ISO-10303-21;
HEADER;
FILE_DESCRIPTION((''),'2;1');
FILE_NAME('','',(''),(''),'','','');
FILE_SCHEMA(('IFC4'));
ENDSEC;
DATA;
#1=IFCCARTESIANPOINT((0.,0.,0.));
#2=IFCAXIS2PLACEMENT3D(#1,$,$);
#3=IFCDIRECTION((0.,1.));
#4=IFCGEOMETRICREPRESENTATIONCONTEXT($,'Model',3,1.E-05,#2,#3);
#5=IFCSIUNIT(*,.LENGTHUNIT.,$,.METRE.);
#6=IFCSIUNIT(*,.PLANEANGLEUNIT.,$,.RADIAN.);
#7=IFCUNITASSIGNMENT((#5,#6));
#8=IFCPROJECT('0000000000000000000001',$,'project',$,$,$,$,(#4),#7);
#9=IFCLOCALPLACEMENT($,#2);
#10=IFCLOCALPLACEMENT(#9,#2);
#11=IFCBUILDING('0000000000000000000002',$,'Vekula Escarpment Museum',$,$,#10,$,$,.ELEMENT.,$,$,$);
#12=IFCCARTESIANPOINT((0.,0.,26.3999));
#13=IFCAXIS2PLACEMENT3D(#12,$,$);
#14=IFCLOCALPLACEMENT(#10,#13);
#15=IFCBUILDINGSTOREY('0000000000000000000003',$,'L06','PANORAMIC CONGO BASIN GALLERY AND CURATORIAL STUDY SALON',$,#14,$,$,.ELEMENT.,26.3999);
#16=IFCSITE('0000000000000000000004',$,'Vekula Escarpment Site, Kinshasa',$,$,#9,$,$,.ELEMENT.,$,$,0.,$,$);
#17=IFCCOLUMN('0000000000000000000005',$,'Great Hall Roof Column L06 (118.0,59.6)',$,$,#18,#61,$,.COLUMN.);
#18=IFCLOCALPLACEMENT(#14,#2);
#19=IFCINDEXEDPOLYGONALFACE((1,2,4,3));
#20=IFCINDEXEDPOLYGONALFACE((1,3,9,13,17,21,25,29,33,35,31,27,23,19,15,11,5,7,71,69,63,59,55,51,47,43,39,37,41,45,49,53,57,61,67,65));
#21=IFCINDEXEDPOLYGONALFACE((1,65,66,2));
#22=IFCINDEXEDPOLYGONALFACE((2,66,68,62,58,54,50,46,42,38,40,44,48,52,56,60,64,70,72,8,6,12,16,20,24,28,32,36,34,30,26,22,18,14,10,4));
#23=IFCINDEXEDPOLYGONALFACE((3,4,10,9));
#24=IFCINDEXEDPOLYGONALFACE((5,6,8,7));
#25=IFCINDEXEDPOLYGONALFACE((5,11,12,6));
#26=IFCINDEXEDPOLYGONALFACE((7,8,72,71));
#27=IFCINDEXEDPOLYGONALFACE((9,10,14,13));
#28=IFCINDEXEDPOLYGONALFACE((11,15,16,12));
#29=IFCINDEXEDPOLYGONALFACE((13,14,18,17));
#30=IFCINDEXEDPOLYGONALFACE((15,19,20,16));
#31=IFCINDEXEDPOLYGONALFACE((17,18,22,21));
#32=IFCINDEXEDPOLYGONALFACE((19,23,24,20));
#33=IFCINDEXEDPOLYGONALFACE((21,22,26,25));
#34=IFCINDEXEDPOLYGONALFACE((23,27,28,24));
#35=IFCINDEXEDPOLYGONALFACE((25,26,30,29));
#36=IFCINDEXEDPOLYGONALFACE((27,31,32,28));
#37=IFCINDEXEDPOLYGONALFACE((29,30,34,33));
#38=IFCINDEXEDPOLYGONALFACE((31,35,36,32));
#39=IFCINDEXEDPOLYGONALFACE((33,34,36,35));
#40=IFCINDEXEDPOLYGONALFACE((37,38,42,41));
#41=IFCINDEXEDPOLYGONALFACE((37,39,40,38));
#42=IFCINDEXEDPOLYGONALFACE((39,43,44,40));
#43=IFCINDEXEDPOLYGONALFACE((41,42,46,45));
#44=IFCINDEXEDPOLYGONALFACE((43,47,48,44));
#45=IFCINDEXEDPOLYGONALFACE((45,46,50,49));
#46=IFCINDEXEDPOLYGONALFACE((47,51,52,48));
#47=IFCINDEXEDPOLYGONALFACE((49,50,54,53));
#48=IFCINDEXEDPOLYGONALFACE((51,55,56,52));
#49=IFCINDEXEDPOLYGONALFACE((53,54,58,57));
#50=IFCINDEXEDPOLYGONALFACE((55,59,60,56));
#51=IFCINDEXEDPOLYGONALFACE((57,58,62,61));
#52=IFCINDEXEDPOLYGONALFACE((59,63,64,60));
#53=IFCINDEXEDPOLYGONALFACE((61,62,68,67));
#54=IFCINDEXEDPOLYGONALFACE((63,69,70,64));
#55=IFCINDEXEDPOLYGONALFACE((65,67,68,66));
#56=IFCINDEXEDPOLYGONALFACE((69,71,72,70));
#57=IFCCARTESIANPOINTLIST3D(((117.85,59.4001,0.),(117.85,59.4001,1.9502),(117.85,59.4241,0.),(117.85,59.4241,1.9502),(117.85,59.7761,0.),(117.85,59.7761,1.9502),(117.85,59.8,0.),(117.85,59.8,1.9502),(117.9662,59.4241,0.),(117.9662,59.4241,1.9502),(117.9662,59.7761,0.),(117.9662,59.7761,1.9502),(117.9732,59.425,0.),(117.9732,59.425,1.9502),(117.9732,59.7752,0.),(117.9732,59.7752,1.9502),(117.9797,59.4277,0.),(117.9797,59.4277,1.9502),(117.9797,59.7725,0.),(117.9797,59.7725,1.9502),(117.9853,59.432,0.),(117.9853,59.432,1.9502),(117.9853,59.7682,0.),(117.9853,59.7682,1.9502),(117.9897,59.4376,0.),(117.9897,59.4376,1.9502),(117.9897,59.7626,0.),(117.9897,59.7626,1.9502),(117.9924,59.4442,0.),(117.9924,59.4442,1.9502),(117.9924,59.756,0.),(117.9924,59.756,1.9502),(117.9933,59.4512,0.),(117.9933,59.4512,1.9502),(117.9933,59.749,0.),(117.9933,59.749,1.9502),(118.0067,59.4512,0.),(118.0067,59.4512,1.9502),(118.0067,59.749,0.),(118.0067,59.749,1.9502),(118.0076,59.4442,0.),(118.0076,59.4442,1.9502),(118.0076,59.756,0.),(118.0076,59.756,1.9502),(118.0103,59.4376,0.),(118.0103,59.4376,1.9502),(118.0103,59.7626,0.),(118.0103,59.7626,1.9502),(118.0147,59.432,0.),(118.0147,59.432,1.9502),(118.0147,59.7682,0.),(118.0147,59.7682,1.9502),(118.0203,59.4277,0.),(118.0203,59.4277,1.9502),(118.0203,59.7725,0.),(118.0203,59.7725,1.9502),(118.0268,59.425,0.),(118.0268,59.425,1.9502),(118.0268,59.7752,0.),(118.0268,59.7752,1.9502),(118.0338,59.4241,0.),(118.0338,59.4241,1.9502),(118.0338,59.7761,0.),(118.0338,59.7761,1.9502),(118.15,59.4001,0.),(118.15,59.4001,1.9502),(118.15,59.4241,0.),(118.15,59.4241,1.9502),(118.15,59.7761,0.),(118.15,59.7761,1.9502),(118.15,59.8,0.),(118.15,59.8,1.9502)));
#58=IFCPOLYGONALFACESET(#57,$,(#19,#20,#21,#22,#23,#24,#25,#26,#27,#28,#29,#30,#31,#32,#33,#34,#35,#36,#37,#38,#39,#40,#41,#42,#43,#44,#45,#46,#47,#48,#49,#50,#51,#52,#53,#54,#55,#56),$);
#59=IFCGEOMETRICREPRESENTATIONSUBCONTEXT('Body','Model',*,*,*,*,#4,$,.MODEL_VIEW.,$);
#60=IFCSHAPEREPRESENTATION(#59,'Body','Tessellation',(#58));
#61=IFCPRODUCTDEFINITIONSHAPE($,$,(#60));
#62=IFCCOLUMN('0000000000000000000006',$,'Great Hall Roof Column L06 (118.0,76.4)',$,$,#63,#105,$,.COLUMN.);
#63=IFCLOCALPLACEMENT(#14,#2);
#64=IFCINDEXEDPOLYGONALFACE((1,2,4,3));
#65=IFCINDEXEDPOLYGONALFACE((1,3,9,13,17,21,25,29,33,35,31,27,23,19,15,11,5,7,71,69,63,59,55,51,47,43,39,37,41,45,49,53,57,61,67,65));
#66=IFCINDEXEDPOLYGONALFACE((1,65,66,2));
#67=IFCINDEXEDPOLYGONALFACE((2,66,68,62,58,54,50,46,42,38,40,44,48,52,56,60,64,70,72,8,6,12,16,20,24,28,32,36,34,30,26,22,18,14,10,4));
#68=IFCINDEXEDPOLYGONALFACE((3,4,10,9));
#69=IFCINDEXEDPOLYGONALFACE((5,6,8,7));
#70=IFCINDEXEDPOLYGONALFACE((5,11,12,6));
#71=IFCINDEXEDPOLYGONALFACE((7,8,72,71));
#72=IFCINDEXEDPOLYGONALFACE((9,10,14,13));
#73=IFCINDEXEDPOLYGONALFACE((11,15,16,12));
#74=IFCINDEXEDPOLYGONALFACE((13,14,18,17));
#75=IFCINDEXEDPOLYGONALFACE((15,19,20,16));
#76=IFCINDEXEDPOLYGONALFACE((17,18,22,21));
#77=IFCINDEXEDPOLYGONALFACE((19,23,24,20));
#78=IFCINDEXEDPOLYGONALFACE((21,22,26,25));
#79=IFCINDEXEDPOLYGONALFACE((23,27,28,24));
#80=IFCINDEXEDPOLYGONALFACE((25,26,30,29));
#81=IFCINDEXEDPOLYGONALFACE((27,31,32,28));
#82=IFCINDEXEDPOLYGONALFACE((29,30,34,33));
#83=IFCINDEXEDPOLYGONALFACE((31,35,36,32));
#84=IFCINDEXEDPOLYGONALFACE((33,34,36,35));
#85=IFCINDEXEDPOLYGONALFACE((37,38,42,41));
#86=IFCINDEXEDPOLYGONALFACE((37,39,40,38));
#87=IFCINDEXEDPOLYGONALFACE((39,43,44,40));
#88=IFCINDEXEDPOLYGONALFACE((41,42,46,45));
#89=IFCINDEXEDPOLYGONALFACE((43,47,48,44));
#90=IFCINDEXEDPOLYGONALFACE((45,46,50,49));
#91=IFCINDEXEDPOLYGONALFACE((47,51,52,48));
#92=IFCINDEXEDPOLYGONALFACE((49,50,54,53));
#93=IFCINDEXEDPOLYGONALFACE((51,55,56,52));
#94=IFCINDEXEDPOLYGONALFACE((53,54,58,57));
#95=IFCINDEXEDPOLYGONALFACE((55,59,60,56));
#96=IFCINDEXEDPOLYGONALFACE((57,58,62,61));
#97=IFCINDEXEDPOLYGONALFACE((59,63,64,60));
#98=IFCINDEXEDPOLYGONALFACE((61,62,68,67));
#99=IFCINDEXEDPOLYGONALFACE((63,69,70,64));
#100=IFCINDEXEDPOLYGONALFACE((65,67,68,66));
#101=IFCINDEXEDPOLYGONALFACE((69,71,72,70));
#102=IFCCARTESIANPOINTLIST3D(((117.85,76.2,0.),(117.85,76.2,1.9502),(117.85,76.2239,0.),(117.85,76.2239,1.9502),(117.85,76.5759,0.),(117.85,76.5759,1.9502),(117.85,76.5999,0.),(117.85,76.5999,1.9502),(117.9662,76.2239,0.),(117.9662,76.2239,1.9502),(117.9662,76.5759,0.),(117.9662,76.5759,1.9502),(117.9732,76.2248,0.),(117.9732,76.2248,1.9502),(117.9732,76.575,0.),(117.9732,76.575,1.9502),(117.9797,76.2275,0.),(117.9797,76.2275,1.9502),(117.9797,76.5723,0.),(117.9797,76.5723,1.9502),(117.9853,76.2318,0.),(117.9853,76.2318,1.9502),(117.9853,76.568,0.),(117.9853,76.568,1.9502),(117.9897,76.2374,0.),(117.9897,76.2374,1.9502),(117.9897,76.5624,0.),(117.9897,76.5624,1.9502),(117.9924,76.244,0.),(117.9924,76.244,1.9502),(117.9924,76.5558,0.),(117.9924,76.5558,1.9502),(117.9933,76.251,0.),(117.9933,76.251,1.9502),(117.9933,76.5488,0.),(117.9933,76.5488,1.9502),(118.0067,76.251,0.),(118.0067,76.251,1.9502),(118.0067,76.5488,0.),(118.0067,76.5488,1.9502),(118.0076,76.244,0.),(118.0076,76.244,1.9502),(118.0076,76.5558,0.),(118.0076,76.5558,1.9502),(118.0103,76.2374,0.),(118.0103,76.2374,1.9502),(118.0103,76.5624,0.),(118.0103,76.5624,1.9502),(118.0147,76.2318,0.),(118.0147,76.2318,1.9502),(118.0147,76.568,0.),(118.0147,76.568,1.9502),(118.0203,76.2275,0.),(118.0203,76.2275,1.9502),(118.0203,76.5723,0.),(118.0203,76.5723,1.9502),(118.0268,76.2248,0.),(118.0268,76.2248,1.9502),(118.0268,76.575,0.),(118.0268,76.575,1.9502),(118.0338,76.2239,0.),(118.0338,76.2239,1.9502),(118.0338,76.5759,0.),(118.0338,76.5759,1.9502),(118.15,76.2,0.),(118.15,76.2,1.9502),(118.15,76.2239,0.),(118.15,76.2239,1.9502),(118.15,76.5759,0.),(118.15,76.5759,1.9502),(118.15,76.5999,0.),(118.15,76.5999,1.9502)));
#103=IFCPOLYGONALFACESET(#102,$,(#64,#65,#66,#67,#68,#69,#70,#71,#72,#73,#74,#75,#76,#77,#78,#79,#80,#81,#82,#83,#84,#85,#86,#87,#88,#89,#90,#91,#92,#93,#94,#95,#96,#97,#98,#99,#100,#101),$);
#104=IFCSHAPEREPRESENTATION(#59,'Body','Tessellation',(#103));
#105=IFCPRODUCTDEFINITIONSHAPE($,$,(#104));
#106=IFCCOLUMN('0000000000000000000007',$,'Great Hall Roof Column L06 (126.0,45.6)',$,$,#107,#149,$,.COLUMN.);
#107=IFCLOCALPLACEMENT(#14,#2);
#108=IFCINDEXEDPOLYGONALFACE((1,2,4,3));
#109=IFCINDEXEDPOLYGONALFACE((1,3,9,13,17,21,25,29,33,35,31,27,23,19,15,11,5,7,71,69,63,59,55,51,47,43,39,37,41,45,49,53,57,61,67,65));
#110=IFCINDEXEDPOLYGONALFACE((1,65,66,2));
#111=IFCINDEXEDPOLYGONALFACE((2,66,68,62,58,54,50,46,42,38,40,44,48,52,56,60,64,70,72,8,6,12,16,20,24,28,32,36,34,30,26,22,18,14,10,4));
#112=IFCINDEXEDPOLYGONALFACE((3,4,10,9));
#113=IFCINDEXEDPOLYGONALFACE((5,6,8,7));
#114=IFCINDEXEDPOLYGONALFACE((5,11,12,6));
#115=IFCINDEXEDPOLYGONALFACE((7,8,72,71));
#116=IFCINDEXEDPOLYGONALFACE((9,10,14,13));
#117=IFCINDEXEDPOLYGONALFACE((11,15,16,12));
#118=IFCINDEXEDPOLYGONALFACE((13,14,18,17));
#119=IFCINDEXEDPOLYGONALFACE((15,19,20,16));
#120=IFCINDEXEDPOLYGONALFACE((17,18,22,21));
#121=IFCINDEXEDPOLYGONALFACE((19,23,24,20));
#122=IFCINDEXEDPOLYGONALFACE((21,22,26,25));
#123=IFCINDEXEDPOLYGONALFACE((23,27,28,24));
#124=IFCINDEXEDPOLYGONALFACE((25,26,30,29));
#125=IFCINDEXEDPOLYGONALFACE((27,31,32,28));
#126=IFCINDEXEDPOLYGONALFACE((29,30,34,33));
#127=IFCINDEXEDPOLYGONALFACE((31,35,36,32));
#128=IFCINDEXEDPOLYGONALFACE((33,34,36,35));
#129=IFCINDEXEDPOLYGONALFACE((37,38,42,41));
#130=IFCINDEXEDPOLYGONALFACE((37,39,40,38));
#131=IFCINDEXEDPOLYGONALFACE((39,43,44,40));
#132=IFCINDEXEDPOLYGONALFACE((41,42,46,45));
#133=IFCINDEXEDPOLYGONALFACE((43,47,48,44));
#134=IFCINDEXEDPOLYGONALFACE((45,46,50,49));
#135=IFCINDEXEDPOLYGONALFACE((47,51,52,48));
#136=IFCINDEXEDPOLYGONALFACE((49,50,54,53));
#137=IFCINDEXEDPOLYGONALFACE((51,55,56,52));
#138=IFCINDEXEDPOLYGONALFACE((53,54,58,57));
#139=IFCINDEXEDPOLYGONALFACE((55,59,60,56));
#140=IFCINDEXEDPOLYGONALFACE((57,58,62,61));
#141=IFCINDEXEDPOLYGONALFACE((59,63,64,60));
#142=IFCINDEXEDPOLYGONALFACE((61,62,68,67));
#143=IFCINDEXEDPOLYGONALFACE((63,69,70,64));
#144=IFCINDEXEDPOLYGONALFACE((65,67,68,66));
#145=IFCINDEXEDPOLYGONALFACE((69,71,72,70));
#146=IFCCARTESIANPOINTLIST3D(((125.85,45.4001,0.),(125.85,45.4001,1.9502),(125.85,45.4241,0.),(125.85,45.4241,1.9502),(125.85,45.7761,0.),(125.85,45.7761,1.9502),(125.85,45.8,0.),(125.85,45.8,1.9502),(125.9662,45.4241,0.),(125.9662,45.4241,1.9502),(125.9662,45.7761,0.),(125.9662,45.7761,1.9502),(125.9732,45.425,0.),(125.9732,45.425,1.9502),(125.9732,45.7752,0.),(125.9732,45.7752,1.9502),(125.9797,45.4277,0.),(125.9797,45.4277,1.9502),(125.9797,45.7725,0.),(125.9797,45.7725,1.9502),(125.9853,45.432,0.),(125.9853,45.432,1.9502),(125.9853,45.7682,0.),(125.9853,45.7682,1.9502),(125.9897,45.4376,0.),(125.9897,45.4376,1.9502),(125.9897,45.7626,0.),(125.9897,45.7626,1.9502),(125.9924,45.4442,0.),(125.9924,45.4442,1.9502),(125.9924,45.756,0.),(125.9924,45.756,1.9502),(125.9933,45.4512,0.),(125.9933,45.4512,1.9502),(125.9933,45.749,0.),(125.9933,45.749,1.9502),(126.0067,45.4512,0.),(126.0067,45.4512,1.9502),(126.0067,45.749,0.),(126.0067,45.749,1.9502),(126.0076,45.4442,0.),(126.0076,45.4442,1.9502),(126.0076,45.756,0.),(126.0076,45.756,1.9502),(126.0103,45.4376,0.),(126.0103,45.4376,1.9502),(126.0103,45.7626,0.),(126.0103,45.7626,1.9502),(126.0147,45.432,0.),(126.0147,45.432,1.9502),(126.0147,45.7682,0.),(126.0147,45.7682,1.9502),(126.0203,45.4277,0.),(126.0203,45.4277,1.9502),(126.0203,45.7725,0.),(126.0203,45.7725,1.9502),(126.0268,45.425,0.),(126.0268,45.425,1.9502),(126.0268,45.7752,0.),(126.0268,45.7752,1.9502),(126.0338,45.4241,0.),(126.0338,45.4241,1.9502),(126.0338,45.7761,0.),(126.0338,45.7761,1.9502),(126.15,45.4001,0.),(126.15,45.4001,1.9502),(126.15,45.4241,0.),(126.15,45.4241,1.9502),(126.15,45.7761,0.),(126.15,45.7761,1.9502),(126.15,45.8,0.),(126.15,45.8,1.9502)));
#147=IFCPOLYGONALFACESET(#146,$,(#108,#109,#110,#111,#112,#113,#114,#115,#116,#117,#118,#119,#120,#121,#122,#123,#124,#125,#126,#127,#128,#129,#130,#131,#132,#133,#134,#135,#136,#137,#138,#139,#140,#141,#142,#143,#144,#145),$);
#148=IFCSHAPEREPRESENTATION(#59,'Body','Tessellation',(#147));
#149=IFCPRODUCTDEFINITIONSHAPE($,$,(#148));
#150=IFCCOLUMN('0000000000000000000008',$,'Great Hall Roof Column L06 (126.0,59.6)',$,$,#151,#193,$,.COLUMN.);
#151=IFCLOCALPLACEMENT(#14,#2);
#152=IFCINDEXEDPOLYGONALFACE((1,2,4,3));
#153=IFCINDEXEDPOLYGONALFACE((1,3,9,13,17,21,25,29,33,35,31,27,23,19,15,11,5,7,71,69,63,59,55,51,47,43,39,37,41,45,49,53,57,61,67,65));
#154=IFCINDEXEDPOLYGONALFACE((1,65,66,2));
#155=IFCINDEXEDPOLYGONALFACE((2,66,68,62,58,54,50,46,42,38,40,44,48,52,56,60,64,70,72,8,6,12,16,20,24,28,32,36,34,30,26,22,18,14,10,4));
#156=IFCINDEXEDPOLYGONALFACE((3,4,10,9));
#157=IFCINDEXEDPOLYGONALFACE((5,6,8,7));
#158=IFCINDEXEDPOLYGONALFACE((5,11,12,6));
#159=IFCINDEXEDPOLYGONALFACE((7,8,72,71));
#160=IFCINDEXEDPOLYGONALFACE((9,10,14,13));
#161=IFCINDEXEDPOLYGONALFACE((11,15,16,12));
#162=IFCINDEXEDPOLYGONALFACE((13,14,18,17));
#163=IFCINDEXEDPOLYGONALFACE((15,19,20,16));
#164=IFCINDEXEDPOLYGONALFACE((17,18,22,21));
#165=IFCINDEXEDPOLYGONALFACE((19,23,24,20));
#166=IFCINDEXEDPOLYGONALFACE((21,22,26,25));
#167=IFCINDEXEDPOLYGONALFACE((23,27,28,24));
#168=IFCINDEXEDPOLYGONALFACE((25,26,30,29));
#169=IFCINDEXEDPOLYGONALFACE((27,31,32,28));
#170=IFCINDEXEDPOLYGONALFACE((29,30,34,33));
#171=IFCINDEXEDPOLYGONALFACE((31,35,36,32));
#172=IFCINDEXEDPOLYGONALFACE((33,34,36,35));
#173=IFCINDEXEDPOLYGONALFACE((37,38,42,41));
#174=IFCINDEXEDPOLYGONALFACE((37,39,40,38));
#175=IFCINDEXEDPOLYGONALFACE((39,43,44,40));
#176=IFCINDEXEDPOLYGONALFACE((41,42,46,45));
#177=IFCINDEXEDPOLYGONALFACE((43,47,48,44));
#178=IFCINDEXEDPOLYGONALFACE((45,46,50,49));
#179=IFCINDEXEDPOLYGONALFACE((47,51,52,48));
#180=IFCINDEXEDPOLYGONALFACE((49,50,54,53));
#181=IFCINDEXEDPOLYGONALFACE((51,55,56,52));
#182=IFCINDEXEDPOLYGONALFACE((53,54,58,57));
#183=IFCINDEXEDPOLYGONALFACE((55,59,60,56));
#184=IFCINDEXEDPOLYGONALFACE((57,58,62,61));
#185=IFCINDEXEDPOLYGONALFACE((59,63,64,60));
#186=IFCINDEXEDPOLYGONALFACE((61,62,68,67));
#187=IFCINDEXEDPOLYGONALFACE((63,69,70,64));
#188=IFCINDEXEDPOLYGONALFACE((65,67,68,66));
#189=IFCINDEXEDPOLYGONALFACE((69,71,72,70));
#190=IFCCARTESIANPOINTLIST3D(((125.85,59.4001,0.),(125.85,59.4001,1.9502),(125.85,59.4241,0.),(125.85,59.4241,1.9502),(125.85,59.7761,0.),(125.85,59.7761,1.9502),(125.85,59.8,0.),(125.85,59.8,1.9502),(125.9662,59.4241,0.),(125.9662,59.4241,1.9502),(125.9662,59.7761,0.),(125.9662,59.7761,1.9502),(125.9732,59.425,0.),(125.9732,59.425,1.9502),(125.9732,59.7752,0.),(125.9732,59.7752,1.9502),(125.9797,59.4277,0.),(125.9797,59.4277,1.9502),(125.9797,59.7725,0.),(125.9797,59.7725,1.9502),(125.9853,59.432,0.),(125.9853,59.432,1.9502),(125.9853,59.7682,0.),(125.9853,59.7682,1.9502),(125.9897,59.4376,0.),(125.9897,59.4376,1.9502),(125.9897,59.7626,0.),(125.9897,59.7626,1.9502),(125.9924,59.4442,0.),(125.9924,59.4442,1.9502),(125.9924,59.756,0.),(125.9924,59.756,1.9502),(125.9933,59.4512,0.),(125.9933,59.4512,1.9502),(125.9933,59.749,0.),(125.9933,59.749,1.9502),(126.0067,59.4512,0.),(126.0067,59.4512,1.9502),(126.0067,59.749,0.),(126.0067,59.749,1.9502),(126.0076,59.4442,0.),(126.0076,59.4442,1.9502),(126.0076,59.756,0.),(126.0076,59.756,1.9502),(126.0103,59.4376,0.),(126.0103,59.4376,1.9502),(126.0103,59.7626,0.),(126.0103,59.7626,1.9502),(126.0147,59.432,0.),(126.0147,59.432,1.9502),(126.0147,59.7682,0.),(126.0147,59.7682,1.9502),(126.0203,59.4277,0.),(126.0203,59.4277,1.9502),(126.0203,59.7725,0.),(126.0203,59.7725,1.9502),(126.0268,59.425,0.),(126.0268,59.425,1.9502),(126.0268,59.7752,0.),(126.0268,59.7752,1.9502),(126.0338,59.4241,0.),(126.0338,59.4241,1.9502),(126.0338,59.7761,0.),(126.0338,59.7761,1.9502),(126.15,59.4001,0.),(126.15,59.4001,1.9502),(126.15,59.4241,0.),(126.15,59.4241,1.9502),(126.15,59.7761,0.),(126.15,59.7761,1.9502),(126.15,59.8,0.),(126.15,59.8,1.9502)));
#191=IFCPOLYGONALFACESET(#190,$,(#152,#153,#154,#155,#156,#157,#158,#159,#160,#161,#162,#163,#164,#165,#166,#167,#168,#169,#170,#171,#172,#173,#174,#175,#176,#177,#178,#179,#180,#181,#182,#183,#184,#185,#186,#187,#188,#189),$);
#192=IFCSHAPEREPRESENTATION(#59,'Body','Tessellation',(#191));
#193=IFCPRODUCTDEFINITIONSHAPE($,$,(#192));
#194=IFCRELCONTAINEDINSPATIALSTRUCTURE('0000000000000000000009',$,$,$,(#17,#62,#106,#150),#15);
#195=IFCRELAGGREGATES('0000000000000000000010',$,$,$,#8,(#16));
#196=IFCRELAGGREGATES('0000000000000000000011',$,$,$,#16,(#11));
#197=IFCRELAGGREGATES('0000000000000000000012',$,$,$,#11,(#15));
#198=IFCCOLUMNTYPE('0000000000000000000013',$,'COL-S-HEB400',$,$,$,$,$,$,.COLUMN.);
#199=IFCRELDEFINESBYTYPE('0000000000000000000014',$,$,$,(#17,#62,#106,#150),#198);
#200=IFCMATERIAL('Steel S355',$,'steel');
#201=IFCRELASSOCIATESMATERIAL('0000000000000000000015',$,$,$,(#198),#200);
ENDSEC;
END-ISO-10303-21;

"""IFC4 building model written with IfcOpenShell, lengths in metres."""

from ifc_helpers import new_model, si_unit, direction, frame, origin, origin_2d, place, context, subcontext, project, spatial, i_section, extrude, material, material_profile, profile_set, type_object, element, save


model = new_model("IFC4")

# Units and contexts
model_context = context("Model", 3, precision=1e-05, world=origin(), true_north=direction((0.0, 1.0)))
body_context = subcontext(model_context, "Body", "Model", "MODEL_VIEW")
ifc_project = project(units=[si_unit("LENGTHUNIT", "METRE"), si_unit("PLANEANGLEUNIT", "RADIAN")], contexts=[model_context])

# Site, building, storey
site_placement = place(None, origin())
site = spatial("IfcSite", under=ifc_project, at=site_placement, Name="Vekula Escarpment Site, Kinshasa", CompositionType="ELEMENT", RefElevation=0.0)
building_placement = place(site_placement, origin())
building = spatial("IfcBuilding", under=site, at=building_placement, Name="Vekula Escarpment Museum", CompositionType="ELEMENT")
storey_placement = place(building_placement, frame((0.0, 0.0, 26.3999)))
storey = spatial("IfcBuildingStorey", under=building, at=storey_placement, Name="L06", Description="PANORAMIC CONGO BASIN GALLERY AND CURATORIAL STUDY SALON", CompositionType="ELEMENT", Elevation=26.3999)

# Columns
ifc_material_1 = material(Name="Steel S355", Category="steel")
ifc_material_profile_1 = material_profile(ifc_material_1, i_section(OverallWidth=0.3, OverallDepth=0.3999, WebThickness=0.0134, FlangeThickness=0.0239, FilletRadius=0.0271, at=origin_2d()), Name="HEB 400")
ifc_profile_set_1 = profile_set([ifc_material_profile_1], Name="Steel S355")
column_type = type_object("IfcColumnType", Name="COL-S-HEB400", PredefinedType="COLUMN", material=ifc_profile_set_1)
for number, where, z_axis, x_axis, name in (
    (1, (118.0, 59.6001, 0.0), (0.0, 0.0, 1.0), (1.0, 0.0, 0.0), "Great Hall Roof Column L06 (118.0,59.6)"),
    (2, (118.0, 76.3999, 0.0), (0.0, 0.0, 1.0), (1.0, 0.0, 0.0), "Great Hall Roof Column L06 (118.0,76.4)"),
    (3, (126.0, 45.6001, 0.0), (0.0, 0.0, 1.0), (1.0, 0.0, 0.0), "Great Hall Roof Column L06 (126.0,45.6)"),
    (4, (126.0, 59.6001, 0.0), (0.0, 0.0, 1.0), (1.0, 0.0, 0.0), "Great Hall Roof Column L06 (126.0,59.6)"),
):
    element("IfcColumn", number, at=place(storey_placement, frame(where, z_axis=z_axis, x_axis=x_axis)), inside=storey, type_object=column_type, Name=name, PredefinedType="COLUMN", context=body_context, shape_type="SweptSolid", body=[
        extrude(i_section(OverallWidth=0.3, OverallDepth=0.3999, WebThickness=0.0134, FlangeThickness=0.0239, FilletRadius=0.0271, at=origin_2d()), origin(), (0.0, 0.0, 1.0), 1.9502),
    ])

save(model, "model.ifc")
